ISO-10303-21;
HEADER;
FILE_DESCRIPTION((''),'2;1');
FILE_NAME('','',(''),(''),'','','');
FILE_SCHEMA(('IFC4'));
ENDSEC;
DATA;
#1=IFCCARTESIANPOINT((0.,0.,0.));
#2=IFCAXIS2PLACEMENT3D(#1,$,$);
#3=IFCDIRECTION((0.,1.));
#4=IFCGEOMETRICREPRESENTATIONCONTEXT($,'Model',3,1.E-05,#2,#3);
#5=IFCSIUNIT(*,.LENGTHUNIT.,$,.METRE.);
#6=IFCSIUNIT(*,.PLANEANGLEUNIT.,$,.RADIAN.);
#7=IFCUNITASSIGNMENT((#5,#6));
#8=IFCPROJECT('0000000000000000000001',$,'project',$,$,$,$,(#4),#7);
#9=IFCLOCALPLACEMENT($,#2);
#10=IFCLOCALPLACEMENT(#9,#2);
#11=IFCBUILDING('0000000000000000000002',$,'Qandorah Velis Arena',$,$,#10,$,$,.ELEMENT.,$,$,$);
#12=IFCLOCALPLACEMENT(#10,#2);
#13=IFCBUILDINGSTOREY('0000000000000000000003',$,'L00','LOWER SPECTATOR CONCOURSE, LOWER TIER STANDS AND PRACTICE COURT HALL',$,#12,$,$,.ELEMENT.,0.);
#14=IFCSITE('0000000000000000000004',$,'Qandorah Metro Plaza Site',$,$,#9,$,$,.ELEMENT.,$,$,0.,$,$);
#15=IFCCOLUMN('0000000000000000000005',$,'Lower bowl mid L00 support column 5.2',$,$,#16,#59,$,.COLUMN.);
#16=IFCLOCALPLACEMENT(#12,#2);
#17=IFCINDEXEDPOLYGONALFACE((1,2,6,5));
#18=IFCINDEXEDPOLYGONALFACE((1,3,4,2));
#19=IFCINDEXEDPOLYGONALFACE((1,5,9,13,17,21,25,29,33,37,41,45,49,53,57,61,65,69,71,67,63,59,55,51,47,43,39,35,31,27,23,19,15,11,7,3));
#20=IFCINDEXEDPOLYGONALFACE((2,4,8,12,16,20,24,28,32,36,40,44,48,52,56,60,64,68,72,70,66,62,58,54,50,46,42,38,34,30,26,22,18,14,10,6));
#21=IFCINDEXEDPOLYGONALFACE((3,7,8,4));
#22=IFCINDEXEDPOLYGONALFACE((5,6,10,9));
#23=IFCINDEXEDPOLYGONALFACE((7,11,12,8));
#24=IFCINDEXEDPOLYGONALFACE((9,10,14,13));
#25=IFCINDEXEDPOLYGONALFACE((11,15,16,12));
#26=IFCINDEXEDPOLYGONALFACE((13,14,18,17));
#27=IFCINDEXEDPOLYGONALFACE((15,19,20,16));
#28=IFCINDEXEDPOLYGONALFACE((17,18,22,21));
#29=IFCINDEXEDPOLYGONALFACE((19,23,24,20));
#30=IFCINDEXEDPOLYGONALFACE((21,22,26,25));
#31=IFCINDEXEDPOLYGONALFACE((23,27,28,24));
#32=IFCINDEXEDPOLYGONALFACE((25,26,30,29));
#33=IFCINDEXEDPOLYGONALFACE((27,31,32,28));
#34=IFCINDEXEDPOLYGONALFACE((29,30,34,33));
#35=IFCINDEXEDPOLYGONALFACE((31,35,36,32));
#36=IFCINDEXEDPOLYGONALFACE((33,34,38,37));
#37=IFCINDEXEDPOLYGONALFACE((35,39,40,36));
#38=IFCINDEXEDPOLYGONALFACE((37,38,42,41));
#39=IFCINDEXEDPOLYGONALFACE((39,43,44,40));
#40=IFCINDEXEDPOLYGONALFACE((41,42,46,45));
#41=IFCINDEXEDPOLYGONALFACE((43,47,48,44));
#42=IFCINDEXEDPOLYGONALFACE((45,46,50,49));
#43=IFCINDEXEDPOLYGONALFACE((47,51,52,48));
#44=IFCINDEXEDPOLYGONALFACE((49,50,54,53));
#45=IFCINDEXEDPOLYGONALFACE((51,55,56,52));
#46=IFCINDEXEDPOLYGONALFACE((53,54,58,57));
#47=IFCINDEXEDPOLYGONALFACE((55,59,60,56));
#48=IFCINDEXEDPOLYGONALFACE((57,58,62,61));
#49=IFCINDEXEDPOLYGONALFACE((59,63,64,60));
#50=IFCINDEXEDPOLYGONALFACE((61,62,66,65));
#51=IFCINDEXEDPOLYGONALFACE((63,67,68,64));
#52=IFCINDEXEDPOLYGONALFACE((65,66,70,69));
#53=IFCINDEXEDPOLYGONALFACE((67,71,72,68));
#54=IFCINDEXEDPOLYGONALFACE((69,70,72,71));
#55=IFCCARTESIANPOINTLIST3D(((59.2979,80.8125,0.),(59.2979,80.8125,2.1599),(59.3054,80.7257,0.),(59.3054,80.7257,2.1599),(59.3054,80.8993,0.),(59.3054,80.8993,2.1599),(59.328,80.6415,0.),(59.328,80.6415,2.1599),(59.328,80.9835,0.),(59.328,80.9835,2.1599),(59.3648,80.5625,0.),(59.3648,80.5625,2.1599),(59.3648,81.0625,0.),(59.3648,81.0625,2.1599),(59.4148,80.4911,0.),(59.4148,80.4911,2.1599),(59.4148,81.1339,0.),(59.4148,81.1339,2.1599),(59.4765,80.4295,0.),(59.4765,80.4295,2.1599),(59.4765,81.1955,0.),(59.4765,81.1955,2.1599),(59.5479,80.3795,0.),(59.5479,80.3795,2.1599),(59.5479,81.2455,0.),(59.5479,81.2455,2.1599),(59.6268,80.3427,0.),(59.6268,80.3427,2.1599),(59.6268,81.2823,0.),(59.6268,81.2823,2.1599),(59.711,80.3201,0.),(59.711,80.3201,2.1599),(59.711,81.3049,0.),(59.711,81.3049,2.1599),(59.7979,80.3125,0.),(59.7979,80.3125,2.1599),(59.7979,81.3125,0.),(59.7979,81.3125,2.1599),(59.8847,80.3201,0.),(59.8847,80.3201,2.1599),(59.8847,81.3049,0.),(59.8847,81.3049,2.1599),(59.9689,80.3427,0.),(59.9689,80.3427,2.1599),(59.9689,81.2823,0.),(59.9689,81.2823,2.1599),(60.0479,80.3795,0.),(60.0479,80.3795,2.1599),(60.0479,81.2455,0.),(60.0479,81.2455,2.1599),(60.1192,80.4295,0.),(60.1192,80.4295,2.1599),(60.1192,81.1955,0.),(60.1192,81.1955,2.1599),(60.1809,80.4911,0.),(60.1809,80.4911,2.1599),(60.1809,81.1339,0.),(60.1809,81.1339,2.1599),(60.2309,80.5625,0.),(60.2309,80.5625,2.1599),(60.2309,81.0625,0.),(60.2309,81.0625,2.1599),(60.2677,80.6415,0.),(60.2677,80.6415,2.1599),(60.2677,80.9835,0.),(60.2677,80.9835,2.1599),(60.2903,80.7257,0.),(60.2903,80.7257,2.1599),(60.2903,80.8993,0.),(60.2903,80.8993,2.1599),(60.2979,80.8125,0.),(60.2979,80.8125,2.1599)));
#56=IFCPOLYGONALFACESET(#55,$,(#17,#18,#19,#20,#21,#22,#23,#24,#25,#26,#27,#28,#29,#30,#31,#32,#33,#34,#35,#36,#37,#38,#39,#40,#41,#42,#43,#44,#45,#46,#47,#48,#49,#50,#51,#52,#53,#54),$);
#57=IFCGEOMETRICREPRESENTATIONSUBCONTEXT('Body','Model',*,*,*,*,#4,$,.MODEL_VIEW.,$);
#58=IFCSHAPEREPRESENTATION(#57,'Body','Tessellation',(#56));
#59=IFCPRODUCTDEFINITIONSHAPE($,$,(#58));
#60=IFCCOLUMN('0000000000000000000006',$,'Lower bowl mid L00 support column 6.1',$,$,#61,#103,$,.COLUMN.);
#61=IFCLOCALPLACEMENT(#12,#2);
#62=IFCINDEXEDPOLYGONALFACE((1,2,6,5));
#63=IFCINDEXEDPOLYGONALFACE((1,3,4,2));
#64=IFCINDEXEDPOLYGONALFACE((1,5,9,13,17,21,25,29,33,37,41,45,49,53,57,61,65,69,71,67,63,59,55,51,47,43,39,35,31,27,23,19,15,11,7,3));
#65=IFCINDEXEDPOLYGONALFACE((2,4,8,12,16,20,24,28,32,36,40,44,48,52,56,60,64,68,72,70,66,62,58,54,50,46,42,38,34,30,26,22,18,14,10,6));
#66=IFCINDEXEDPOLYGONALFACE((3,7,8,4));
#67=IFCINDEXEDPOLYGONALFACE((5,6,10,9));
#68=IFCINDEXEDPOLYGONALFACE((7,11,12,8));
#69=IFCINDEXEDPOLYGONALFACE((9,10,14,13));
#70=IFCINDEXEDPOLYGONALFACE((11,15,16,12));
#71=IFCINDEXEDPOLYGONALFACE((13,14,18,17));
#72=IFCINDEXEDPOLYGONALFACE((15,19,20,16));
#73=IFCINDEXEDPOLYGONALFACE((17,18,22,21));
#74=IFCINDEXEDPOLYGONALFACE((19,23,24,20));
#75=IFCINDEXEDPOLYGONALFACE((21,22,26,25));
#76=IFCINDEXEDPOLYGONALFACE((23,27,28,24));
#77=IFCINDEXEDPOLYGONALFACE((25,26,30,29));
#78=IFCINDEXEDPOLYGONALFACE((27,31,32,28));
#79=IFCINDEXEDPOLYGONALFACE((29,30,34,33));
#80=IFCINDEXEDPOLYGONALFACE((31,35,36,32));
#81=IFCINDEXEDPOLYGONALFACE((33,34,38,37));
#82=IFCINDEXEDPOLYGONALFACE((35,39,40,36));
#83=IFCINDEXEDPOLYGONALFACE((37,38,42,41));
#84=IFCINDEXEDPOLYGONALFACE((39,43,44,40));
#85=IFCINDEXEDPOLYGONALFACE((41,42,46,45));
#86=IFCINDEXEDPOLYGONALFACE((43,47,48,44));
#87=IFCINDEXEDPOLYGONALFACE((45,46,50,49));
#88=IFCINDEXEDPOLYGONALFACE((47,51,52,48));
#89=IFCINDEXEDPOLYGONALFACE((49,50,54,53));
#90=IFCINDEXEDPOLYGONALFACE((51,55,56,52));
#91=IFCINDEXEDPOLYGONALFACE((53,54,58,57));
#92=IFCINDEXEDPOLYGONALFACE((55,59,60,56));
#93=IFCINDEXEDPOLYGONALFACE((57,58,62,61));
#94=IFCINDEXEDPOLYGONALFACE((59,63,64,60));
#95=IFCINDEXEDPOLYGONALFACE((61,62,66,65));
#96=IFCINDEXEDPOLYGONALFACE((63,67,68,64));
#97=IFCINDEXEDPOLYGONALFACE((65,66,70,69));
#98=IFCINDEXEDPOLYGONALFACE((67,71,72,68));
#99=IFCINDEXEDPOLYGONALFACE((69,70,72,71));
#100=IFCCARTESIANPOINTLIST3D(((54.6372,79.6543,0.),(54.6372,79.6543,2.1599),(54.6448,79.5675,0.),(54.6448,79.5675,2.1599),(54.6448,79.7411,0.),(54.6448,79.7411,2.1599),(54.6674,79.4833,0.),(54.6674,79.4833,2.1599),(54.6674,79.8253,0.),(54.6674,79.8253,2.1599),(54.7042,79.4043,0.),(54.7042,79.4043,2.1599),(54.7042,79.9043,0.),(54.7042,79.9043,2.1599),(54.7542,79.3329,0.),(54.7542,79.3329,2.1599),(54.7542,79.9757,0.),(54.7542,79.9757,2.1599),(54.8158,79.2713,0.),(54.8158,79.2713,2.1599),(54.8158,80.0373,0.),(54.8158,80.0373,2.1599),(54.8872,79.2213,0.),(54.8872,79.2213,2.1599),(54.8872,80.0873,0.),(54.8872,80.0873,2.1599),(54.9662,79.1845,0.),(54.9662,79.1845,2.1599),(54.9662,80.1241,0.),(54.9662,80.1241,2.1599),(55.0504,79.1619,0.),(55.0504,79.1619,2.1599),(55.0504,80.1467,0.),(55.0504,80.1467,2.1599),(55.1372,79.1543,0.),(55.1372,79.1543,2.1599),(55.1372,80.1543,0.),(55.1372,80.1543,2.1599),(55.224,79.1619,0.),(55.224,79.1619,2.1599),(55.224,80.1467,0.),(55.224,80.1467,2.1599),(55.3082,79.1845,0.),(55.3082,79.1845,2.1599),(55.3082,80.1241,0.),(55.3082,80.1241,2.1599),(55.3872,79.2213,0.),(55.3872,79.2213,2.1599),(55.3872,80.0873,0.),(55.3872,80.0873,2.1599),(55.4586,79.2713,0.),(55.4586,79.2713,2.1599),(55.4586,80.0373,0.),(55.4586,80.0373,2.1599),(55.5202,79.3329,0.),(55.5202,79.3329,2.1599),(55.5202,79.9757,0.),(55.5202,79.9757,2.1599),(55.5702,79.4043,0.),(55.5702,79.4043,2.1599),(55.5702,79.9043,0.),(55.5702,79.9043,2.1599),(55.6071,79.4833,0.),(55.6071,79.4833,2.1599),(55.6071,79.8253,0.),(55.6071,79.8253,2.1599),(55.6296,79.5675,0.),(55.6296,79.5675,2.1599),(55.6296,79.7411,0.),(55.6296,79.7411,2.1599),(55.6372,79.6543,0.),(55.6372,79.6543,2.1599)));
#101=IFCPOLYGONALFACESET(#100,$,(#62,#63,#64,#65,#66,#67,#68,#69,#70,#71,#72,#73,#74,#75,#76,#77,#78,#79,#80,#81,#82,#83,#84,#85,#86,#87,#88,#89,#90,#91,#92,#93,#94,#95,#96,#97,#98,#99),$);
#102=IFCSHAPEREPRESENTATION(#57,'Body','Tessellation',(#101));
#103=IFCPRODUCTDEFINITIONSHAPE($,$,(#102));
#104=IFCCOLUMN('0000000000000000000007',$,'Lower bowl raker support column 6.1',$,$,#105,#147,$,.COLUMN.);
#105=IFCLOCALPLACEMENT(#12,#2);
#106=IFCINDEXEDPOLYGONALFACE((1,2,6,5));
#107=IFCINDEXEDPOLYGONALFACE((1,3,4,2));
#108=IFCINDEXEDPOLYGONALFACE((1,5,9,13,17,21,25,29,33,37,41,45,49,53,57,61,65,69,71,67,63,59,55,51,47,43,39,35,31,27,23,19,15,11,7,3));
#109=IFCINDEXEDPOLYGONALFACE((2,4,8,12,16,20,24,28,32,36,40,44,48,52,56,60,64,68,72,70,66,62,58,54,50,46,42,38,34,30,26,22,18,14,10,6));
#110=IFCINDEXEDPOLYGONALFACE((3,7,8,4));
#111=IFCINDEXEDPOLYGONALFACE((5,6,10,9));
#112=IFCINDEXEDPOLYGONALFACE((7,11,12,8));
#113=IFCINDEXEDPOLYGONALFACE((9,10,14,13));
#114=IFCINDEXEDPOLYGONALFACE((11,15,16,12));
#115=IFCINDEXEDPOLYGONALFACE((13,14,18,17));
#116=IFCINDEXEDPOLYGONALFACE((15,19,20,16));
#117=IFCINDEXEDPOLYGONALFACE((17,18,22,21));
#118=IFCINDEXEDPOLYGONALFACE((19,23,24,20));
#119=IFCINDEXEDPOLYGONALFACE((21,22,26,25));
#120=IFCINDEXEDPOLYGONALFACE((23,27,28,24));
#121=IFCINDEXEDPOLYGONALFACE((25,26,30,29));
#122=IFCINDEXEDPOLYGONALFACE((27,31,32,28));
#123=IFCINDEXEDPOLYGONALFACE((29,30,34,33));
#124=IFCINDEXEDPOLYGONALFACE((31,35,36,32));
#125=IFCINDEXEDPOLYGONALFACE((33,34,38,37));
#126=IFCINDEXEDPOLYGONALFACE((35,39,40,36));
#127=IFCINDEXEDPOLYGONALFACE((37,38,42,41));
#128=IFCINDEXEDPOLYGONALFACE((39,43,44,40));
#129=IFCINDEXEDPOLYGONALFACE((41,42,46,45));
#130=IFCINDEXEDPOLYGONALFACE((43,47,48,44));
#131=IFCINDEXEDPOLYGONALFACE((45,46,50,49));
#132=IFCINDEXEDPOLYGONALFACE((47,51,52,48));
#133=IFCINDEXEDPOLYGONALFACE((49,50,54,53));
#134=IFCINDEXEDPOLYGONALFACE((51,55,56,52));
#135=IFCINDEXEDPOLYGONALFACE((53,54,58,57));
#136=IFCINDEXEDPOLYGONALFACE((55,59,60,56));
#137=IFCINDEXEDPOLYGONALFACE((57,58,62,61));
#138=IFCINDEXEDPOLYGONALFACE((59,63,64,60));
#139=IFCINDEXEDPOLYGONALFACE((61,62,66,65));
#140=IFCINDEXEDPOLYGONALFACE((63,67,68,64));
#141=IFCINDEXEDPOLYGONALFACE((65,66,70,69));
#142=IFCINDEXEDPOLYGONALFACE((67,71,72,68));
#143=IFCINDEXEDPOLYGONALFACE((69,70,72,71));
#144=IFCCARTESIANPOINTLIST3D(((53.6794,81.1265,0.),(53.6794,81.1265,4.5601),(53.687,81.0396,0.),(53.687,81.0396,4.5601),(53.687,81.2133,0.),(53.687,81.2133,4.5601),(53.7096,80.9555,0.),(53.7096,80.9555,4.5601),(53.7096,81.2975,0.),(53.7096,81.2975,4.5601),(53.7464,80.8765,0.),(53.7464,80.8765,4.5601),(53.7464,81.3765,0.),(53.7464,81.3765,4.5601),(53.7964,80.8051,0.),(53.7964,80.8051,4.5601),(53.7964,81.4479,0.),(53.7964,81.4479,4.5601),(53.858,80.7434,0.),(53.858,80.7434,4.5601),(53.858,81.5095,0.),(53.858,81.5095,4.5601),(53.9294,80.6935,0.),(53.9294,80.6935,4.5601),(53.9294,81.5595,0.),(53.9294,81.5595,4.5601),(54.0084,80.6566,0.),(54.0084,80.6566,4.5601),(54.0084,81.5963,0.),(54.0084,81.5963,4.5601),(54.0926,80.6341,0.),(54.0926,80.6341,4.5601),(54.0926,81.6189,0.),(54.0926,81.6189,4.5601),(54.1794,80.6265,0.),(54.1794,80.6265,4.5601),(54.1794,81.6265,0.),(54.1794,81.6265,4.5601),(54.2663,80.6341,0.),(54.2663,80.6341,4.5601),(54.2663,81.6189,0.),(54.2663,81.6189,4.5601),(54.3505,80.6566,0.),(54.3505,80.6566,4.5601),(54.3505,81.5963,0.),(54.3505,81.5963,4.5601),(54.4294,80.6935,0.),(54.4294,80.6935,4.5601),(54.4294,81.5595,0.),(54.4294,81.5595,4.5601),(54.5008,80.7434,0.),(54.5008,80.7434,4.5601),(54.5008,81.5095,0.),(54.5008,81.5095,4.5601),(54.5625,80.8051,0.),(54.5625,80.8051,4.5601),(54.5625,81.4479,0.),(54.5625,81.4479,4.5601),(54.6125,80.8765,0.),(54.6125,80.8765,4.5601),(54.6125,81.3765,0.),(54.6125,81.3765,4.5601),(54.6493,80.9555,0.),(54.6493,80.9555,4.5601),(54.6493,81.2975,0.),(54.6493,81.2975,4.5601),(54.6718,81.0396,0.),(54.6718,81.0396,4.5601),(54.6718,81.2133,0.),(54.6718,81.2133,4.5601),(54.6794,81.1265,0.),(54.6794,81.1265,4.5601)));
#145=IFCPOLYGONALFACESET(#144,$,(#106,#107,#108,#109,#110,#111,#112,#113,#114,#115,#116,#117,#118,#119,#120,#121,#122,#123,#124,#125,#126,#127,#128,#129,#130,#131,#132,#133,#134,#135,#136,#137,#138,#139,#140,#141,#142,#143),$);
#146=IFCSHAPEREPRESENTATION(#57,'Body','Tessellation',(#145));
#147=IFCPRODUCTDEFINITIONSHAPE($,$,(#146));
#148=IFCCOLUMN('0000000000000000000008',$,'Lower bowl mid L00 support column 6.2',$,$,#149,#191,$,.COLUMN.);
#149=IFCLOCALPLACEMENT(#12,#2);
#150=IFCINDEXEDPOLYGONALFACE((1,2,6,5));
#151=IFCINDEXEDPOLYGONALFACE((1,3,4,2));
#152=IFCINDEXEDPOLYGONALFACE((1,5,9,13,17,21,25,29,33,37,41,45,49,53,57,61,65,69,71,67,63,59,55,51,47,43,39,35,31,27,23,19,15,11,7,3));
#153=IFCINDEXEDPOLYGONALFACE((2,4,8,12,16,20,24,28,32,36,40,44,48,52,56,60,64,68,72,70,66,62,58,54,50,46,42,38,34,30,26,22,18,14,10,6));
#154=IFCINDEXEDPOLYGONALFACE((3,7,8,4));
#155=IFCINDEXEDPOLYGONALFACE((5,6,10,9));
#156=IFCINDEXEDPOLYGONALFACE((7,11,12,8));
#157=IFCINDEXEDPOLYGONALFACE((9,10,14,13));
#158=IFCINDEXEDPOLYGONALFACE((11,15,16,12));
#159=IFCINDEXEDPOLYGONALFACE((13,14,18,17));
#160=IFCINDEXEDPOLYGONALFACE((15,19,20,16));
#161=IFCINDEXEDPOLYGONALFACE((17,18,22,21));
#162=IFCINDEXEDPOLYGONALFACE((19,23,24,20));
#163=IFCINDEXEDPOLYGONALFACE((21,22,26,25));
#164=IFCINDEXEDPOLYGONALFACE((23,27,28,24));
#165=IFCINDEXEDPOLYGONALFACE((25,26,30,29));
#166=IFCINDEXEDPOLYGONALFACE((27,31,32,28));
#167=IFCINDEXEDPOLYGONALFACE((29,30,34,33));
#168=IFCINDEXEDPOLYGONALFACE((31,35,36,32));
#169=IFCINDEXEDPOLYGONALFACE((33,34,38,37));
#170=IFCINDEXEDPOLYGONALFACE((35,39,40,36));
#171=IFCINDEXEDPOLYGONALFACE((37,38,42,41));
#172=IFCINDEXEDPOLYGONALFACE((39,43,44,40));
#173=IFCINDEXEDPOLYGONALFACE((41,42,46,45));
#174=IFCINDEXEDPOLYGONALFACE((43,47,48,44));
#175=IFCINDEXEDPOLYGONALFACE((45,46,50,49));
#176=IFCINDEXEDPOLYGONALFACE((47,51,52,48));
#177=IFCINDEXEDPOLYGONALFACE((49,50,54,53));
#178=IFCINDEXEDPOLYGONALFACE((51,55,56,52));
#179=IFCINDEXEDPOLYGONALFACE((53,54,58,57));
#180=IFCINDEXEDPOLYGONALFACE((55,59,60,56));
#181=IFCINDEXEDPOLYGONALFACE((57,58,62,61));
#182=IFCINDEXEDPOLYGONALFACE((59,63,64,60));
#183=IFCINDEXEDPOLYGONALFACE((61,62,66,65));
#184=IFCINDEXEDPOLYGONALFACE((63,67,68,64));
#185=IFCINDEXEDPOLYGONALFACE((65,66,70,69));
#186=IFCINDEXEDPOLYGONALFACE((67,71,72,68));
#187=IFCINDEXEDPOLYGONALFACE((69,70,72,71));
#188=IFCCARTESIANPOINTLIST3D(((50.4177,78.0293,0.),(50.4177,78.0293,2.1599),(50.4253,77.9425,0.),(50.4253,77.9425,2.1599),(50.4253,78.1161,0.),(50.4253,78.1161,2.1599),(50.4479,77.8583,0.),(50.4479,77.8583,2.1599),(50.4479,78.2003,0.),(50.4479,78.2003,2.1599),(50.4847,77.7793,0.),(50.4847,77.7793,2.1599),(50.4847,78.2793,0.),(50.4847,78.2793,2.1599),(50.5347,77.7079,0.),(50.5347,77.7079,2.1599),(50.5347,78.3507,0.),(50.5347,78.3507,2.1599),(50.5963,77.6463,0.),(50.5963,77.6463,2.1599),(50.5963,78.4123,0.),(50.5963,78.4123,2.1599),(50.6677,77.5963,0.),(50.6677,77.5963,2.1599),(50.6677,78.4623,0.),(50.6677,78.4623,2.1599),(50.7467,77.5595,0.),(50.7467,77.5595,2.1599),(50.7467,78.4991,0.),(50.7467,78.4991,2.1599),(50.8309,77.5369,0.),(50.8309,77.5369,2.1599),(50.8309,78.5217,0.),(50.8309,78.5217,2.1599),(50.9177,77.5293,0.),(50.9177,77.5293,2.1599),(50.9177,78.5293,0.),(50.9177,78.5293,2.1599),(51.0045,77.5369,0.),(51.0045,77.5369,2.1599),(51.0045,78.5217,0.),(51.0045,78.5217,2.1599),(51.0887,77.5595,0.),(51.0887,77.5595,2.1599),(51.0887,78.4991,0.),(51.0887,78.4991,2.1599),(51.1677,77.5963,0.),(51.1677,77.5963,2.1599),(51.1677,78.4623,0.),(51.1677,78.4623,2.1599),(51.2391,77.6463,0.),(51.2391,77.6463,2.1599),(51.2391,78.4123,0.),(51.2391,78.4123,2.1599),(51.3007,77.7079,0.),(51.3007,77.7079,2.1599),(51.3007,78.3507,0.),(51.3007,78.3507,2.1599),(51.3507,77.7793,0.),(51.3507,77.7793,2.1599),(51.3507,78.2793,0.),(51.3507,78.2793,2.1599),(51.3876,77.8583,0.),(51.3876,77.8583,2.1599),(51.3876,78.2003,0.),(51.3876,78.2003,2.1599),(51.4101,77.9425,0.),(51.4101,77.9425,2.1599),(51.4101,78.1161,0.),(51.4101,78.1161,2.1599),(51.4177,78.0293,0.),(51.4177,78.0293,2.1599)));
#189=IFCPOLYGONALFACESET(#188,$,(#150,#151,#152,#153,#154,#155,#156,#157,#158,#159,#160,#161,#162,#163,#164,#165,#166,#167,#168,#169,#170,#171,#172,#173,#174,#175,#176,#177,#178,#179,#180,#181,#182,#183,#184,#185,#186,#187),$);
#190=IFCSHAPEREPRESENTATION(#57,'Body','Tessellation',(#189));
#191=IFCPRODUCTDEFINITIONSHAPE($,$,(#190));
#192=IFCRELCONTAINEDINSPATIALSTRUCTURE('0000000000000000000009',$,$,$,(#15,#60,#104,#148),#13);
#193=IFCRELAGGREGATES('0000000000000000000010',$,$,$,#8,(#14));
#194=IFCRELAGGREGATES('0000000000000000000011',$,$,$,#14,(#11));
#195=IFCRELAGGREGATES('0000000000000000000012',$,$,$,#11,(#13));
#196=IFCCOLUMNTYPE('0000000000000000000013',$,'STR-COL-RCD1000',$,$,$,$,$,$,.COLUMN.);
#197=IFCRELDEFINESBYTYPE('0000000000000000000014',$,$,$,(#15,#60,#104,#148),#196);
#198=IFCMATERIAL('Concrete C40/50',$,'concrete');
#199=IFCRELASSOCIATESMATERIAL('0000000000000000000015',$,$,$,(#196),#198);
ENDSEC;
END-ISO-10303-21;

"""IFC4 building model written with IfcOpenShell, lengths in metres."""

from ifc_helpers import new_model, si_unit, direction, frame, origin, origin_2d, place, context, subcontext, project, spatial, circle, extrude, material, material_profile, profile_set, type_object, element, save


model = new_model("IFC4")

# Units and contexts
model_context = context("Model", 3, precision=1e-05, world=origin(), true_north=direction((0.0, 1.0)))
body_context = subcontext(model_context, "Body", "Model", "MODEL_VIEW")
ifc_project = project(units=[si_unit("LENGTHUNIT", "METRE"), si_unit("PLANEANGLEUNIT", "RADIAN")], contexts=[model_context])

# Site, building, storey
site_placement = place(None, origin())
site = spatial("IfcSite", under=ifc_project, at=site_placement, Name="Qandorah Metro Plaza Site", CompositionType="ELEMENT", RefElevation=0.0)
building_placement = place(site_placement, origin())
building = spatial("IfcBuilding", under=site, at=building_placement, Name="Qandorah Velis Arena", CompositionType="ELEMENT")
storey_placement = place(building_placement, origin())
storey = spatial("IfcBuildingStorey", under=building, at=storey_placement, Name="L00", Description="LOWER SPECTATOR CONCOURSE, LOWER TIER STANDS AND PRACTICE COURT HALL", CompositionType="ELEMENT", Elevation=0.0)

# Columns
ifc_material_1 = material(Name="Concrete C40/50", Category="concrete")
ifc_material_profile_1 = material_profile(ifc_material_1, circle(Radius=0.5, at=origin_2d()), Name="RC D1000")
ifc_profile_set_1 = profile_set([ifc_material_profile_1], Name="Concrete C40/50")
column_type = type_object("IfcColumnType", Name="STR-COL-RCD1000", PredefinedType="COLUMN", material=ifc_profile_set_1)
for number, where, z_axis, x_axis, name in (
    (1, (59.7979, 80.8125, 0.0), (0.0, 0.0, 1.0), (1.0, 0.0, 0.0), "Lower bowl mid L00 support column 5.2"),
    (2, (55.1372, 79.6543, 0.0), (0.0, 0.0, 1.0), (1.0, 0.0, 0.0), "Lower bowl mid L00 support column 6.1"),
):
    element("IfcColumn", number, at=place(storey_placement, frame(where, z_axis=z_axis, x_axis=x_axis)), inside=storey, type_object=column_type, Name=name, PredefinedType="COLUMN", context=body_context, shape_type="SweptSolid", body=[
        extrude(circle(Radius=0.5, at=origin_2d()), origin(), (0.0, 0.0, 1.0), 2.1599),
    ])
column_1_placement = place(storey_placement, frame((54.1794, 81.1265, 0.0), z_axis=(0.0, 0.0, 1.0), x_axis=(1.0, 0.0, 0.0)))
element("IfcColumn", 3, at=column_1_placement, inside=storey, type_object=column_type, Name="Lower bowl raker support column 6.1", PredefinedType="COLUMN", context=body_context, shape_type="SweptSolid", body=[
    extrude(circle(Radius=0.5, at=origin_2d()), origin(), (0.0, 0.0, 1.0), 4.5601),
])
column_2_placement = place(storey_placement, frame((50.9177, 78.0293, 0.0), z_axis=(0.0, 0.0, 1.0), x_axis=(1.0, 0.0, 0.0)))
element("IfcColumn", 4, at=column_2_placement, inside=storey, type_object=column_type, Name="Lower bowl mid L00 support column 6.2", PredefinedType="COLUMN", context=body_context, shape_type="SweptSolid", body=[
    extrude(circle(Radius=0.5, at=origin_2d()), origin(), (0.0, 0.0, 1.0), 2.1599),
])

save(model, "model.ifc")
